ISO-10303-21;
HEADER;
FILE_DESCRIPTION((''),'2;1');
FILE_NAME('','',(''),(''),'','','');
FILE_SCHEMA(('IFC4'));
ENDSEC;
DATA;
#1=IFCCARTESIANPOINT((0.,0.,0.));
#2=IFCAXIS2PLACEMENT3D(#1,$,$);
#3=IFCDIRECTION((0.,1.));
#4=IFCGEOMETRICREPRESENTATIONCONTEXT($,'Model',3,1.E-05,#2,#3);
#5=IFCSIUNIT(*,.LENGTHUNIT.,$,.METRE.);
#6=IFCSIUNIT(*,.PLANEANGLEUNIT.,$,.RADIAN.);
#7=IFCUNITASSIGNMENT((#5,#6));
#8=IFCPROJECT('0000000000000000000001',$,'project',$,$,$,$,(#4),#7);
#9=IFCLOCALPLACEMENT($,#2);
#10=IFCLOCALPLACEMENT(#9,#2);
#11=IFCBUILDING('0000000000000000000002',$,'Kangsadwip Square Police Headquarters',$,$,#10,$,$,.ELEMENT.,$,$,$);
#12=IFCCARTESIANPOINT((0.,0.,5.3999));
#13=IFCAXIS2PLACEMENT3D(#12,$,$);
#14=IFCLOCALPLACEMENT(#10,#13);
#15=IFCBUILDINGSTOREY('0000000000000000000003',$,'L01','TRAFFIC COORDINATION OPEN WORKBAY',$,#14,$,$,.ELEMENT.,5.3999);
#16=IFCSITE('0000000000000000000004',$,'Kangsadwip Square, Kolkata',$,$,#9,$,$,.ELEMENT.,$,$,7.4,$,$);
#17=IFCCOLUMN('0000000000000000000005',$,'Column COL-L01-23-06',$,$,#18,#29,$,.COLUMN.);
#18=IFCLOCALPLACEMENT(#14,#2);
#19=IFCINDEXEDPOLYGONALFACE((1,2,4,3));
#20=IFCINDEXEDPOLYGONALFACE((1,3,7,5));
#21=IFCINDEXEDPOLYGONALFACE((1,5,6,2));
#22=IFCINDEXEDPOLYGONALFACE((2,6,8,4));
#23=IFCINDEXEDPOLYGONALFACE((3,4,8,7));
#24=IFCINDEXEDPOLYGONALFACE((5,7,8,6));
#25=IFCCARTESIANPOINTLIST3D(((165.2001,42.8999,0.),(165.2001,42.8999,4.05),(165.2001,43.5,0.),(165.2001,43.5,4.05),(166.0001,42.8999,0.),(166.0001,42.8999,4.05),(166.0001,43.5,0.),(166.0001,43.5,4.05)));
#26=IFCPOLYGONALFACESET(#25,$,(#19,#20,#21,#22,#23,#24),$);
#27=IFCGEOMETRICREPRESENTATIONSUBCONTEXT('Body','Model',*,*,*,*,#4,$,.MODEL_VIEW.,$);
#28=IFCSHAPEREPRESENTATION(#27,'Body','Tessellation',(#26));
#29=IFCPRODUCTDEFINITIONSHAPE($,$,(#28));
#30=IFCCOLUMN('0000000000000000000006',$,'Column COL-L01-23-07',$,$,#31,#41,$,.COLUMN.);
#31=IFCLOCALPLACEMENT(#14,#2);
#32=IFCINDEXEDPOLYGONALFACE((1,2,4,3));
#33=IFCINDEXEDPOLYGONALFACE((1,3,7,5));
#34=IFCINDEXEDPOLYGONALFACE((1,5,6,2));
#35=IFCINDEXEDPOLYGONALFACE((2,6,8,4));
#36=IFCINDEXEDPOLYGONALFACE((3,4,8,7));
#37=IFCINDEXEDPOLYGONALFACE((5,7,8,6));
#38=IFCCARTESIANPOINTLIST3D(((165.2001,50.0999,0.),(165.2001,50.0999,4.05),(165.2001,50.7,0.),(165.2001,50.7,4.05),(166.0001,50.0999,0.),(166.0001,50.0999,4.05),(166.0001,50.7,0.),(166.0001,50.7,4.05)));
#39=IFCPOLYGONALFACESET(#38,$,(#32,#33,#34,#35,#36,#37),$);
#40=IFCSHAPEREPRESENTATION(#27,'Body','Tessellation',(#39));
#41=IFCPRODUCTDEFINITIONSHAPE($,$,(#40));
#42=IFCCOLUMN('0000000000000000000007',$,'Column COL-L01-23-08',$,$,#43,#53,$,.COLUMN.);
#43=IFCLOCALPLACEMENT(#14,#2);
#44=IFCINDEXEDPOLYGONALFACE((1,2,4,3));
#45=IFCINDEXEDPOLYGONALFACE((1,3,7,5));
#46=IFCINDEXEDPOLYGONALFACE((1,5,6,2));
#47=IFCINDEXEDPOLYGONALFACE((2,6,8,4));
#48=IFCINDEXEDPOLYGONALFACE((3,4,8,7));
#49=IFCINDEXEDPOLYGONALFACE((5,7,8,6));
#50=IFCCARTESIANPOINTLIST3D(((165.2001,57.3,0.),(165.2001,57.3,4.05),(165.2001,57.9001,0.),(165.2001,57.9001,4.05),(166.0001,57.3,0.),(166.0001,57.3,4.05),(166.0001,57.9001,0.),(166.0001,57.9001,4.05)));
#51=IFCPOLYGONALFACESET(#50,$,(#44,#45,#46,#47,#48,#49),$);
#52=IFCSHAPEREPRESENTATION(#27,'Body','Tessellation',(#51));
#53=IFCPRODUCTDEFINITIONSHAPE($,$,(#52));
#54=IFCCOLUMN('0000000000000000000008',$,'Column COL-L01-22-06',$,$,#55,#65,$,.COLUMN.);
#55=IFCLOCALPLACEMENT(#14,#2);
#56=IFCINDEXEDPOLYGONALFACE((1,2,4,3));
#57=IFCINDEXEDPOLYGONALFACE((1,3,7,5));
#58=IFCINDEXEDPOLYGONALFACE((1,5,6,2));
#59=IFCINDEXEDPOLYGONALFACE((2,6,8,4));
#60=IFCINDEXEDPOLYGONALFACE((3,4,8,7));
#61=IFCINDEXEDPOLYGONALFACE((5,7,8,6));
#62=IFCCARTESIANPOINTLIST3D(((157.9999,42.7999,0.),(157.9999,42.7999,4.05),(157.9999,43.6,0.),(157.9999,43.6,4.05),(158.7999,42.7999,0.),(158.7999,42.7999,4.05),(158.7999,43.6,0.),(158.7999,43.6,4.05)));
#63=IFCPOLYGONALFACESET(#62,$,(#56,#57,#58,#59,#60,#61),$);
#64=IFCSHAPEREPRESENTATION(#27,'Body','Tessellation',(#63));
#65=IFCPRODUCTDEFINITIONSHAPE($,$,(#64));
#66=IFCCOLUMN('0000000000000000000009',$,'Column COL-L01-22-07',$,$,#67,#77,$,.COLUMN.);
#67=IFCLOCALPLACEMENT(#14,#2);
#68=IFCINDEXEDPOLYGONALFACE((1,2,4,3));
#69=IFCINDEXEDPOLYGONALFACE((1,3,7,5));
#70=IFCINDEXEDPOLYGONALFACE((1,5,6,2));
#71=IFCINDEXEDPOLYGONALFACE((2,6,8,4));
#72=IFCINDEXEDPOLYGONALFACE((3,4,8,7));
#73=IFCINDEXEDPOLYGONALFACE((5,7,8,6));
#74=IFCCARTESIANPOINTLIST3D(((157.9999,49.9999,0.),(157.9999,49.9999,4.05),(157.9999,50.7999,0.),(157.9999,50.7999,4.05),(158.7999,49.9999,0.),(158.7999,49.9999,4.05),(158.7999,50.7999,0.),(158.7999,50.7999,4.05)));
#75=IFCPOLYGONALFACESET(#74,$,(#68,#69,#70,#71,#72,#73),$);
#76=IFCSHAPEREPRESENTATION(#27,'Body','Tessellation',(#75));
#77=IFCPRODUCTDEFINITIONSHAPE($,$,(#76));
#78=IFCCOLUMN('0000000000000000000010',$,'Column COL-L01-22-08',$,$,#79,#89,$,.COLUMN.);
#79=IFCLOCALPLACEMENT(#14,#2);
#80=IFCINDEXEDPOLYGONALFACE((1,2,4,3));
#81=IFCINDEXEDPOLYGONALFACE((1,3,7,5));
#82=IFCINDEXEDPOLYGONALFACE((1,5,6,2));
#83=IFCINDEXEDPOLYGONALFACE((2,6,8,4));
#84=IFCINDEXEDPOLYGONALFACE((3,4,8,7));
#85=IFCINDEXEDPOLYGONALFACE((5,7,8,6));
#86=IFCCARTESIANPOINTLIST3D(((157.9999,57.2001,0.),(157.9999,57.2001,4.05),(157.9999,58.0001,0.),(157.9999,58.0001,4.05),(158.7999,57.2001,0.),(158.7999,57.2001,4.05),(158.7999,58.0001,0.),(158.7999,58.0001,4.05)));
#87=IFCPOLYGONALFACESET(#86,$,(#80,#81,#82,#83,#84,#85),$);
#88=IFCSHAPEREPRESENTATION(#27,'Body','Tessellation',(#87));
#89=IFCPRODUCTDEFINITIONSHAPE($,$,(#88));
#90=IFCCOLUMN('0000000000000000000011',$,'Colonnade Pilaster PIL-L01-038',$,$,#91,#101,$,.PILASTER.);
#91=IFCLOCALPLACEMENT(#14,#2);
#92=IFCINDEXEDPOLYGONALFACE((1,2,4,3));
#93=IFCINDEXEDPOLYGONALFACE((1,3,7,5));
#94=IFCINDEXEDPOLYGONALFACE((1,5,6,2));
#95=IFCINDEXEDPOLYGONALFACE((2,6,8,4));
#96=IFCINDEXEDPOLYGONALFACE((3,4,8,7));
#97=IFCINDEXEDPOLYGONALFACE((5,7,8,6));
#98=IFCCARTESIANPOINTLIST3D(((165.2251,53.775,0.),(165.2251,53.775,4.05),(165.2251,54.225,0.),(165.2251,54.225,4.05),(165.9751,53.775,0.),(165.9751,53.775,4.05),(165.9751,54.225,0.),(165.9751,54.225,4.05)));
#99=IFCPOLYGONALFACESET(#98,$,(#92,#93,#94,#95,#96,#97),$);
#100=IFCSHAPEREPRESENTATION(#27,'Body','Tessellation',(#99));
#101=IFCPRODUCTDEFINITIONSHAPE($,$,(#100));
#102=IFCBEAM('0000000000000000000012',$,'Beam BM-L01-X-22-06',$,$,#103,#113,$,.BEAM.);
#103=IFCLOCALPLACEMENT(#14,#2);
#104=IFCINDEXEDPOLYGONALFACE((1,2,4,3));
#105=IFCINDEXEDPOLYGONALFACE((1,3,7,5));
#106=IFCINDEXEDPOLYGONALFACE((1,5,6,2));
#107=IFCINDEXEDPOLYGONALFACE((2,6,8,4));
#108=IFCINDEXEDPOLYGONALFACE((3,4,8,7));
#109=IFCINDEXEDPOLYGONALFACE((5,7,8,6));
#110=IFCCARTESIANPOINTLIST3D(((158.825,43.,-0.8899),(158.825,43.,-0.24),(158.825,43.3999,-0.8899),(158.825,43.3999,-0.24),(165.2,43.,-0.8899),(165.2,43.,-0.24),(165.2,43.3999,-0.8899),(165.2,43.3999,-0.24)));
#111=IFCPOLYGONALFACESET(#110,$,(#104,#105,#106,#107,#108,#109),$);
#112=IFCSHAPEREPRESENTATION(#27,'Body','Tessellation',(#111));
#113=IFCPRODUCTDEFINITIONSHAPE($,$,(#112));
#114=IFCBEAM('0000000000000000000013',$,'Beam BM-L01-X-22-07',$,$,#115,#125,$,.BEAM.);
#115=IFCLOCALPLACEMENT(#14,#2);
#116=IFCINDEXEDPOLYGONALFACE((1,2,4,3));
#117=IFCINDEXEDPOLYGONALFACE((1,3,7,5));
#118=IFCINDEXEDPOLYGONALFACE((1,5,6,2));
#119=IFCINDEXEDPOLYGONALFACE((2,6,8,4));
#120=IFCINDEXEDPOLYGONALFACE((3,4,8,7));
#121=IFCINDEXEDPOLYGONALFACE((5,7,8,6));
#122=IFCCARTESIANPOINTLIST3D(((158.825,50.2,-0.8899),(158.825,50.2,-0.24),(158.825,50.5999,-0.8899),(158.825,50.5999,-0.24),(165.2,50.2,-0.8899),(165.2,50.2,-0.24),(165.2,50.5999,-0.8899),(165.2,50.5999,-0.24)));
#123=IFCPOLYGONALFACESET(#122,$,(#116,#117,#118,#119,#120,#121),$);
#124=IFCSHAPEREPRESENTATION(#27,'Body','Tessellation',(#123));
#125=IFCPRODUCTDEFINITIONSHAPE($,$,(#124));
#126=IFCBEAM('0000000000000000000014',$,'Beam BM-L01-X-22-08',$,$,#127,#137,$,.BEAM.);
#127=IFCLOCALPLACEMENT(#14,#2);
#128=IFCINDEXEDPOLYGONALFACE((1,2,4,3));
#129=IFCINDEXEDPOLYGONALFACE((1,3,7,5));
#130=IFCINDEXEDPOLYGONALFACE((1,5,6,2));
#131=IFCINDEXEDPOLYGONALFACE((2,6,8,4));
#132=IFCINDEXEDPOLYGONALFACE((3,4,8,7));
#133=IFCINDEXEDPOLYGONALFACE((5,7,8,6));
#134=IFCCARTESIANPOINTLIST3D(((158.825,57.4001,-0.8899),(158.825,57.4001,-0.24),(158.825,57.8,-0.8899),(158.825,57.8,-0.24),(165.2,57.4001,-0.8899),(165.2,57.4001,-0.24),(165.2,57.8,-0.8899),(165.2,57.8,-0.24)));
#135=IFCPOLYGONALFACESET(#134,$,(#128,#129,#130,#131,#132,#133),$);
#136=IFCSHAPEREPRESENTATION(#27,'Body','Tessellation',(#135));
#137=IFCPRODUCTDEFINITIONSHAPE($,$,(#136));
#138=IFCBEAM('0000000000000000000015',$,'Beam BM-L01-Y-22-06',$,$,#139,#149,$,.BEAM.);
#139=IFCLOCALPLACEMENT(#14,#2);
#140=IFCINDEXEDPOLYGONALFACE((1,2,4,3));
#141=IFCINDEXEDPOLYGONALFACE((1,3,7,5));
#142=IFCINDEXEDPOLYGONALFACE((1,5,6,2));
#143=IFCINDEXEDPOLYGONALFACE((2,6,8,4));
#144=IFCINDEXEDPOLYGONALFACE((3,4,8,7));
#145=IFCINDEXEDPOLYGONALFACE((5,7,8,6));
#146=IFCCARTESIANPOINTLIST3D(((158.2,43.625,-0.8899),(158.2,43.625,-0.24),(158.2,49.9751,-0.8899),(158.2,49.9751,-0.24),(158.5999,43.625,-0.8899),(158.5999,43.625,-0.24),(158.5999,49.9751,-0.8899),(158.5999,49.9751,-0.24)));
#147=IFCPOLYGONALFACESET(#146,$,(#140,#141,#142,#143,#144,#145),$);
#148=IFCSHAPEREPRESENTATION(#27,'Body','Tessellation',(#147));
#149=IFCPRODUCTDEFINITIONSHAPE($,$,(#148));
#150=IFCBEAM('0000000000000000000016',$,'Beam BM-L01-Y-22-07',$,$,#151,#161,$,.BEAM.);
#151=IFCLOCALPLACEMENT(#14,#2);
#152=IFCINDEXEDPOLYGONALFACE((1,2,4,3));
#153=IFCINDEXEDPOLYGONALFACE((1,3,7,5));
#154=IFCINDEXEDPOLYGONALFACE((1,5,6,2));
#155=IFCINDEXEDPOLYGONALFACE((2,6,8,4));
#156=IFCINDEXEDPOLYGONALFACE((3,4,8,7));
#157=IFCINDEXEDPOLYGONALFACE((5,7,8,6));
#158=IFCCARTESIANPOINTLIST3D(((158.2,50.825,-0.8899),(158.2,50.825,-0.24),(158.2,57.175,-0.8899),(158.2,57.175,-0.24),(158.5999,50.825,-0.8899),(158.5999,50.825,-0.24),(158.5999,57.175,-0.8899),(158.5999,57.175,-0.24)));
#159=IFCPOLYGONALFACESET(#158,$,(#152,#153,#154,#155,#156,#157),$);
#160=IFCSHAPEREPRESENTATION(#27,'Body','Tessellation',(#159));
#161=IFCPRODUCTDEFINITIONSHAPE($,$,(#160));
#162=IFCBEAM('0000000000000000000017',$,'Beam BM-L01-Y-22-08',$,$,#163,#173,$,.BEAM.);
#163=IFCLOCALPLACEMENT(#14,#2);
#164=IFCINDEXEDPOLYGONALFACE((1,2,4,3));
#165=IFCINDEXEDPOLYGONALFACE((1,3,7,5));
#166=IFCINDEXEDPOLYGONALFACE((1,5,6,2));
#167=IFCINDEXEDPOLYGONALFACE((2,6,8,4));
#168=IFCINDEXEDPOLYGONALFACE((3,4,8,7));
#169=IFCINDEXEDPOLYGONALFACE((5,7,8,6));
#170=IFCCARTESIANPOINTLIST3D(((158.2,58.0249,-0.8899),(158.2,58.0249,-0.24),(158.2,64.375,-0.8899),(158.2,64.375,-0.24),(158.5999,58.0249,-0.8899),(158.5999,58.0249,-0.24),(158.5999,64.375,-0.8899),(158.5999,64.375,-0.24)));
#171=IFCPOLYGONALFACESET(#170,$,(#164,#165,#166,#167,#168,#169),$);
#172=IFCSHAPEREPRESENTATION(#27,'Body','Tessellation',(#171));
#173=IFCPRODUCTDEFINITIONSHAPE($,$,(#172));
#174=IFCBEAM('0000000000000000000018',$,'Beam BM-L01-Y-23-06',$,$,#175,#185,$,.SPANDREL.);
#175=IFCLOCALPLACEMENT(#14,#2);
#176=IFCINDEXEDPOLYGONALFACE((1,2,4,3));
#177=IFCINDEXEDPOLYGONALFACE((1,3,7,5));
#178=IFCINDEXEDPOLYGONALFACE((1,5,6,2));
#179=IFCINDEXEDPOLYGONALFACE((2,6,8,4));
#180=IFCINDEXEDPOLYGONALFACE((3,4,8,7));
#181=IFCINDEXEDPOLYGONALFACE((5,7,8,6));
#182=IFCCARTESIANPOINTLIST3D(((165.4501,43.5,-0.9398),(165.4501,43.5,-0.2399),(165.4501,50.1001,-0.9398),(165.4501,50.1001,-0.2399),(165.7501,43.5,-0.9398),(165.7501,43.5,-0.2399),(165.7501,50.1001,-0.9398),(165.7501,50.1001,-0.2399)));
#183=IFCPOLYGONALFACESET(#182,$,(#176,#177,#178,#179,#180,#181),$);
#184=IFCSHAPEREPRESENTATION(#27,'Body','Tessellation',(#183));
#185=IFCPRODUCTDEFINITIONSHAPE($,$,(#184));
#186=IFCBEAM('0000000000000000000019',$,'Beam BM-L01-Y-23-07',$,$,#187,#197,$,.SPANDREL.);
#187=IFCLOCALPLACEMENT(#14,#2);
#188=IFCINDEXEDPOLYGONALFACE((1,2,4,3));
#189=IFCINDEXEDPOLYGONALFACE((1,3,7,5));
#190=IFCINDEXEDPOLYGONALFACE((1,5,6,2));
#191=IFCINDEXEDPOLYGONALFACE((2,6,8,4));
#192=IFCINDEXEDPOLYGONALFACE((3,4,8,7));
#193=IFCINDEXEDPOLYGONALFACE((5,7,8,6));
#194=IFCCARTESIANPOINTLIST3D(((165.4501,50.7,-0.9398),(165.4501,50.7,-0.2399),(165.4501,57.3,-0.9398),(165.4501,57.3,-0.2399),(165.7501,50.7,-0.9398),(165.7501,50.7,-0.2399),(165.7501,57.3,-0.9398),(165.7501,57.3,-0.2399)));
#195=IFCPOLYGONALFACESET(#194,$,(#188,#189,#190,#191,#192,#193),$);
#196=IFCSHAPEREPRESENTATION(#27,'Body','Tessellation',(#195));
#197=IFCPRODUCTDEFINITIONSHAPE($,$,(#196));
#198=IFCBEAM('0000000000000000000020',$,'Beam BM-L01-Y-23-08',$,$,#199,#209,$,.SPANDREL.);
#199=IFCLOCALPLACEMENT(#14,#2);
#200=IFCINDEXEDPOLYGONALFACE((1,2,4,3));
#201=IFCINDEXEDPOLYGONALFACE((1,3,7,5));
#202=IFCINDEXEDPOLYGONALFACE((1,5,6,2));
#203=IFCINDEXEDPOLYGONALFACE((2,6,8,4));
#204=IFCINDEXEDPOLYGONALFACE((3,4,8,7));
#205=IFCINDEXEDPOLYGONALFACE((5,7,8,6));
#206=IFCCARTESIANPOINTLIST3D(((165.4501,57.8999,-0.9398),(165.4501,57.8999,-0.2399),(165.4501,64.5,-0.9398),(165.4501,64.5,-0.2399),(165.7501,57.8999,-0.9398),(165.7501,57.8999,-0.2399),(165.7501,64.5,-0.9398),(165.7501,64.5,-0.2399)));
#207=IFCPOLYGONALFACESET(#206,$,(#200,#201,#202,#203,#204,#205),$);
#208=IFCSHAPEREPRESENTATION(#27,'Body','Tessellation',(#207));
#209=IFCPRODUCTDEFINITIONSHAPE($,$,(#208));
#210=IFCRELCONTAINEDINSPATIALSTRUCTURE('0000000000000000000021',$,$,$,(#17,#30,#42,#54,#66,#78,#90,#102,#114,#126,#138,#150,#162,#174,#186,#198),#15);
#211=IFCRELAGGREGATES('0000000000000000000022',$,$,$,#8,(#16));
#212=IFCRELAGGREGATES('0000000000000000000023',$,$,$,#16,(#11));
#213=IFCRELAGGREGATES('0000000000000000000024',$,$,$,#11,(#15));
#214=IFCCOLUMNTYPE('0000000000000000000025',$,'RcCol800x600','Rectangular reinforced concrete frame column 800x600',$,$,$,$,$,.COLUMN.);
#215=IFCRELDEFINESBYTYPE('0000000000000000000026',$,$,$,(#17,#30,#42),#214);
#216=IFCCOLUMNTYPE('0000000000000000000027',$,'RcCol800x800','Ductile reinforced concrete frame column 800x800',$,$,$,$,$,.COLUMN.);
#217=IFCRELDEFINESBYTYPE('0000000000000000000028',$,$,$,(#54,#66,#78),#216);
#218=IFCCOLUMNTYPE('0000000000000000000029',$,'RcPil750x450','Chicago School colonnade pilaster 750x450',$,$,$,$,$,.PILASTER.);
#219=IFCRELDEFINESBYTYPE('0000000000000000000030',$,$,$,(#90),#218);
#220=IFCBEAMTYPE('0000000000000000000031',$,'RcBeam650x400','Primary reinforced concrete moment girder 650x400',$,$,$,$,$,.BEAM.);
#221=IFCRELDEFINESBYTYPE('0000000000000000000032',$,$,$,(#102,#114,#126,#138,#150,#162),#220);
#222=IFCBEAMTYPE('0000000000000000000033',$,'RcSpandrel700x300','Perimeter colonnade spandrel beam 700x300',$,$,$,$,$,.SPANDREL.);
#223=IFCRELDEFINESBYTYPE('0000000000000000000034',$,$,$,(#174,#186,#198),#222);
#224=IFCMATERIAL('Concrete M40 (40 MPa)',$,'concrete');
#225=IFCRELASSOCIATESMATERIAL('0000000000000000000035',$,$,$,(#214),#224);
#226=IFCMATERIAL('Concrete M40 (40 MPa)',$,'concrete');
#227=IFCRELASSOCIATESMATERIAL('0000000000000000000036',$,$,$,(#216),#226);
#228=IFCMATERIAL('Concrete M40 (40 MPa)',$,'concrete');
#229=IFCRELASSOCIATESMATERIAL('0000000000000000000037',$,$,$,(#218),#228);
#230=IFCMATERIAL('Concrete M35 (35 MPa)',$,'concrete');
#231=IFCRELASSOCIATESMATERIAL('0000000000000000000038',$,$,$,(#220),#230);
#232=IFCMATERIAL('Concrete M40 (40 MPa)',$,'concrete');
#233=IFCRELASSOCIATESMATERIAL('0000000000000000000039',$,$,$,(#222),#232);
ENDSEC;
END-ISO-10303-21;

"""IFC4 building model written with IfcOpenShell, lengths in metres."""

from ifc_helpers import new_model, si_unit, direction, frame, origin, origin_2d, place, context, subcontext, project, spatial, rectangle, extrude, material, material_profile, profile_set, type_object, element, save


model = new_model("IFC4")

# Units and contexts
model_context = context("Model", 3, precision=1e-05, world=origin(), true_north=direction((0.0, 1.0)))
body_context = subcontext(model_context, "Body", "Model", "MODEL_VIEW")
ifc_project = project(units=[si_unit("LENGTHUNIT", "METRE"), si_unit("PLANEANGLEUNIT", "RADIAN")], contexts=[model_context])

# Site, building, storey
site_placement = place(None, origin())
site = spatial("IfcSite", under=ifc_project, at=site_placement, Name="Kangsadwip Square, Kolkata", CompositionType="ELEMENT", RefElevation=7.4)
building_placement = place(site_placement, origin())
building = spatial("IfcBuilding", under=site, at=building_placement, Name="Kangsadwip Square Police Headquarters", CompositionType="ELEMENT")
storey_placement = place(building_placement, frame((0.0, 0.0, 5.3999)))
storey = spatial("IfcBuildingStorey", under=building, at=storey_placement, Name="L01", Description="TRAFFIC COORDINATION OPEN WORKBAY", CompositionType="ELEMENT", Elevation=5.3999)

# Columns
ifc_material_1 = material(Name="Concrete M40 (40 MPa)", Category="concrete")
ifc_material_profile_1 = material_profile(ifc_material_1, rectangle(XDim=0.6001, YDim=0.8, at=origin_2d()), Name="RC COL 800X600")
ifc_profile_set_1 = profile_set([ifc_material_profile_1], Name="Concrete M40 (40 MPa)")
column_type_1 = type_object("IfcColumnType", Name="RcCol800x600", Description="Rectangular reinforced concrete frame column 800x600", PredefinedType="COLUMN", material=ifc_profile_set_1)
for number, where, z_axis, x_axis, name in (
    (1, (165.6001, 43.2, 0.0), (0.0, 0.0, 1.0), (0.0, 1.0, 0.0), "Column COL-L01-23-06"),
    (2, (165.6001, 50.3999, 0.0), (0.0, 0.0, 1.0), (0.0, 1.0, 0.0), "Column COL-L01-23-07"),
    (3, (165.6001, 57.6001, 0.0), (0.0, 0.0, 1.0), (0.0, 1.0, 0.0), "Column COL-L01-23-08"),
):
    element("IfcColumn", number, at=place(storey_placement, frame(where, z_axis=z_axis, x_axis=x_axis)), inside=storey, type_object=column_type_1, Name=name, PredefinedType="COLUMN", context=body_context, shape_type="SweptSolid", body=[
        extrude(rectangle(XDim=0.6001, YDim=0.8, at=origin_2d()), origin(), (0.0, 0.0, 1.0), 4.05),
    ])
ifc_material_2 = material(Name="Concrete M40 (40 MPa)", Category="concrete")
ifc_material_profile_2 = material_profile(ifc_material_2, rectangle(XDim=0.8, YDim=0.8, at=origin_2d()), Name="RC COL 800X800")
ifc_profile_set_2 = profile_set([ifc_material_profile_2], Name="Concrete M40 (40 MPa)")
column_type_2 = type_object("IfcColumnType", Name="RcCol800x800", Description="Ductile reinforced concrete frame column 800x800", PredefinedType="COLUMN", material=ifc_profile_set_2)
for number, where, z_axis, x_axis, name in (
    (4, (158.3999, 43.2, 0.0), (0.0, 0.0, 1.0), (1.0, 0.0, 0.0), "Column COL-L01-22-06"),
    (5, (158.3999, 50.3999, 0.0), (0.0, 0.0, 1.0), (1.0, 0.0, 0.0), "Column COL-L01-22-07"),
    (6, (158.3999, 57.6001, 0.0), (0.0, 0.0, 1.0), (1.0, 0.0, 0.0), "Column COL-L01-22-08"),
):
    element("IfcColumn", number, at=place(storey_placement, frame(where, z_axis=z_axis, x_axis=x_axis)), inside=storey, type_object=column_type_2, Name=name, PredefinedType="COLUMN", context=body_context, shape_type="SweptSolid", body=[
        extrude(rectangle(XDim=0.8, YDim=0.8, at=origin_2d()), origin(), (0.0, 0.0, 1.0), 4.05),
    ])
ifc_material_3 = material(Name="Concrete M40 (40 MPa)", Category="concrete")
ifc_material_profile_3 = material_profile(ifc_material_3, rectangle(XDim=0.45, YDim=0.75, at=origin_2d()), Name="RC PIL 750X450")
ifc_profile_set_3 = profile_set([ifc_material_profile_3], Name="Concrete M40 (40 MPa)")
column_type_3 = type_object("IfcColumnType", Name="RcPil750x450", Description="Chicago School colonnade pilaster 750x450", PredefinedType="PILASTER", material=ifc_profile_set_3)
column_placement = place(storey_placement, frame((165.6001, 54.0, 0.0), z_axis=(0.0, 0.0, 1.0), x_axis=(0.0, 1.0, 0.0)))
element("IfcColumn", 7, at=column_placement, inside=storey, type_object=column_type_3, Name="Colonnade Pilaster PIL-L01-038", PredefinedType="PILASTER", context=body_context, shape_type="SweptSolid", body=[
    extrude(rectangle(XDim=0.45, YDim=0.75, at=origin_2d()), origin(), (0.0, 0.0, 1.0), 4.05),
])

# Beams
ifc_material_4 = material(Name="Concrete M35 (35 MPa)", Category="concrete")
ifc_material_profile_4 = material_profile(ifc_material_4, rectangle(XDim=0.3999, YDim=0.6499, at=origin_2d()), Name="RC BM 650X400")
ifc_profile_set_4 = profile_set([ifc_material_profile_4], Name="Concrete M35 (35 MPa)")
beam_type_1 = type_object("IfcBeamType", Name="RcBeam650x400", Description="Primary reinforced concrete moment girder 650x400", PredefinedType="BEAM", material=ifc_profile_set_4)
for number, where, z_axis, x_axis, name in (
    (8, (158.825, 43.2, -0.5649), (1.0, 0.0, 0.0), (0.0, 1.0, 0.0), "Beam BM-L01-X-22-06"),
    (9, (158.825, 50.3999, -0.5649), (1.0, 0.0, 0.0), (0.0, 1.0, 0.0), "Beam BM-L01-X-22-07"),
    (10, (158.825, 57.6001, -0.5649), (1.0, 0.0, 0.0), (0.0, 1.0, 0.0), "Beam BM-L01-X-22-08"),
):
    element("IfcBeam", number, at=place(storey_placement, frame(where, z_axis=z_axis, x_axis=x_axis)), inside=storey, type_object=beam_type_1, Name=name, PredefinedType="BEAM", context=body_context, shape_type="SweptSolid", body=[
        extrude(rectangle(XDim=0.3999, YDim=0.6499, at=origin_2d()), origin(), (0.0, 0.0, 1.0), 6.375),
    ])
for number, where, z_axis, x_axis, name in (
    (11, (158.3999, 43.625, -0.5649), (0.0, 1.0, 0.0), (-1.0, 0.0, 0.0), "Beam BM-L01-Y-22-06"),
    (12, (158.3999, 50.825, -0.5649), (0.0, 1.0, 0.0), (-1.0, 0.0, 0.0), "Beam BM-L01-Y-22-07"),
    (13, (158.3999, 58.0249, -0.5649), (0.0, 1.0, 0.0), (-1.0, 0.0, 0.0), "Beam BM-L01-Y-22-08"),
):
    element("IfcBeam", number, at=place(storey_placement, frame(where, z_axis=z_axis, x_axis=x_axis)), inside=storey, type_object=beam_type_1, Name=name, PredefinedType="BEAM", context=body_context, shape_type="SweptSolid", body=[
        extrude(rectangle(XDim=0.3999, YDim=0.6499, at=origin_2d()), origin(), (0.0, 0.0, 1.0), 6.3501),
    ])
ifc_material_5 = material(Name="Concrete M40 (40 MPa)", Category="concrete")
ifc_material_profile_5 = material_profile(ifc_material_5, rectangle(XDim=0.3, YDim=0.7, at=origin_2d()), Name="RC SPN 700X300")
ifc_profile_set_5 = profile_set([ifc_material_profile_5], Name="Concrete M40 (40 MPa)")
beam_type_2 = type_object("IfcBeamType", Name="RcSpandrel700x300", Description="Perimeter colonnade spandrel beam 700x300", PredefinedType="SPANDREL", material=ifc_profile_set_5)
for number, where, z_axis, x_axis, name in (
    (14, (165.6001, 43.5, -0.5898), (0.0, 1.0, 0.0), (-1.0, 0.0, 0.0), "Beam BM-L01-Y-23-06"),
    (15, (165.6001, 50.7, -0.5898), (0.0, 1.0, 0.0), (-1.0, 0.0, 0.0), "Beam BM-L01-Y-23-07"),
    (16, (165.6001, 57.8999, -0.5898), (0.0, 1.0, 0.0), (-1.0, 0.0, 0.0), "Beam BM-L01-Y-23-08"),
):
    element("IfcBeam", number, at=place(storey_placement, frame(where, z_axis=z_axis, x_axis=x_axis)), inside=storey, type_object=beam_type_2, Name=name, PredefinedType="SPANDREL", context=body_context, shape_type="SweptSolid", body=[
        extrude(rectangle(XDim=0.3, YDim=0.7, at=origin_2d()), origin(), (0.0, 0.0, 1.0), 6.6001),
    ])

save(model, "model.ifc")
